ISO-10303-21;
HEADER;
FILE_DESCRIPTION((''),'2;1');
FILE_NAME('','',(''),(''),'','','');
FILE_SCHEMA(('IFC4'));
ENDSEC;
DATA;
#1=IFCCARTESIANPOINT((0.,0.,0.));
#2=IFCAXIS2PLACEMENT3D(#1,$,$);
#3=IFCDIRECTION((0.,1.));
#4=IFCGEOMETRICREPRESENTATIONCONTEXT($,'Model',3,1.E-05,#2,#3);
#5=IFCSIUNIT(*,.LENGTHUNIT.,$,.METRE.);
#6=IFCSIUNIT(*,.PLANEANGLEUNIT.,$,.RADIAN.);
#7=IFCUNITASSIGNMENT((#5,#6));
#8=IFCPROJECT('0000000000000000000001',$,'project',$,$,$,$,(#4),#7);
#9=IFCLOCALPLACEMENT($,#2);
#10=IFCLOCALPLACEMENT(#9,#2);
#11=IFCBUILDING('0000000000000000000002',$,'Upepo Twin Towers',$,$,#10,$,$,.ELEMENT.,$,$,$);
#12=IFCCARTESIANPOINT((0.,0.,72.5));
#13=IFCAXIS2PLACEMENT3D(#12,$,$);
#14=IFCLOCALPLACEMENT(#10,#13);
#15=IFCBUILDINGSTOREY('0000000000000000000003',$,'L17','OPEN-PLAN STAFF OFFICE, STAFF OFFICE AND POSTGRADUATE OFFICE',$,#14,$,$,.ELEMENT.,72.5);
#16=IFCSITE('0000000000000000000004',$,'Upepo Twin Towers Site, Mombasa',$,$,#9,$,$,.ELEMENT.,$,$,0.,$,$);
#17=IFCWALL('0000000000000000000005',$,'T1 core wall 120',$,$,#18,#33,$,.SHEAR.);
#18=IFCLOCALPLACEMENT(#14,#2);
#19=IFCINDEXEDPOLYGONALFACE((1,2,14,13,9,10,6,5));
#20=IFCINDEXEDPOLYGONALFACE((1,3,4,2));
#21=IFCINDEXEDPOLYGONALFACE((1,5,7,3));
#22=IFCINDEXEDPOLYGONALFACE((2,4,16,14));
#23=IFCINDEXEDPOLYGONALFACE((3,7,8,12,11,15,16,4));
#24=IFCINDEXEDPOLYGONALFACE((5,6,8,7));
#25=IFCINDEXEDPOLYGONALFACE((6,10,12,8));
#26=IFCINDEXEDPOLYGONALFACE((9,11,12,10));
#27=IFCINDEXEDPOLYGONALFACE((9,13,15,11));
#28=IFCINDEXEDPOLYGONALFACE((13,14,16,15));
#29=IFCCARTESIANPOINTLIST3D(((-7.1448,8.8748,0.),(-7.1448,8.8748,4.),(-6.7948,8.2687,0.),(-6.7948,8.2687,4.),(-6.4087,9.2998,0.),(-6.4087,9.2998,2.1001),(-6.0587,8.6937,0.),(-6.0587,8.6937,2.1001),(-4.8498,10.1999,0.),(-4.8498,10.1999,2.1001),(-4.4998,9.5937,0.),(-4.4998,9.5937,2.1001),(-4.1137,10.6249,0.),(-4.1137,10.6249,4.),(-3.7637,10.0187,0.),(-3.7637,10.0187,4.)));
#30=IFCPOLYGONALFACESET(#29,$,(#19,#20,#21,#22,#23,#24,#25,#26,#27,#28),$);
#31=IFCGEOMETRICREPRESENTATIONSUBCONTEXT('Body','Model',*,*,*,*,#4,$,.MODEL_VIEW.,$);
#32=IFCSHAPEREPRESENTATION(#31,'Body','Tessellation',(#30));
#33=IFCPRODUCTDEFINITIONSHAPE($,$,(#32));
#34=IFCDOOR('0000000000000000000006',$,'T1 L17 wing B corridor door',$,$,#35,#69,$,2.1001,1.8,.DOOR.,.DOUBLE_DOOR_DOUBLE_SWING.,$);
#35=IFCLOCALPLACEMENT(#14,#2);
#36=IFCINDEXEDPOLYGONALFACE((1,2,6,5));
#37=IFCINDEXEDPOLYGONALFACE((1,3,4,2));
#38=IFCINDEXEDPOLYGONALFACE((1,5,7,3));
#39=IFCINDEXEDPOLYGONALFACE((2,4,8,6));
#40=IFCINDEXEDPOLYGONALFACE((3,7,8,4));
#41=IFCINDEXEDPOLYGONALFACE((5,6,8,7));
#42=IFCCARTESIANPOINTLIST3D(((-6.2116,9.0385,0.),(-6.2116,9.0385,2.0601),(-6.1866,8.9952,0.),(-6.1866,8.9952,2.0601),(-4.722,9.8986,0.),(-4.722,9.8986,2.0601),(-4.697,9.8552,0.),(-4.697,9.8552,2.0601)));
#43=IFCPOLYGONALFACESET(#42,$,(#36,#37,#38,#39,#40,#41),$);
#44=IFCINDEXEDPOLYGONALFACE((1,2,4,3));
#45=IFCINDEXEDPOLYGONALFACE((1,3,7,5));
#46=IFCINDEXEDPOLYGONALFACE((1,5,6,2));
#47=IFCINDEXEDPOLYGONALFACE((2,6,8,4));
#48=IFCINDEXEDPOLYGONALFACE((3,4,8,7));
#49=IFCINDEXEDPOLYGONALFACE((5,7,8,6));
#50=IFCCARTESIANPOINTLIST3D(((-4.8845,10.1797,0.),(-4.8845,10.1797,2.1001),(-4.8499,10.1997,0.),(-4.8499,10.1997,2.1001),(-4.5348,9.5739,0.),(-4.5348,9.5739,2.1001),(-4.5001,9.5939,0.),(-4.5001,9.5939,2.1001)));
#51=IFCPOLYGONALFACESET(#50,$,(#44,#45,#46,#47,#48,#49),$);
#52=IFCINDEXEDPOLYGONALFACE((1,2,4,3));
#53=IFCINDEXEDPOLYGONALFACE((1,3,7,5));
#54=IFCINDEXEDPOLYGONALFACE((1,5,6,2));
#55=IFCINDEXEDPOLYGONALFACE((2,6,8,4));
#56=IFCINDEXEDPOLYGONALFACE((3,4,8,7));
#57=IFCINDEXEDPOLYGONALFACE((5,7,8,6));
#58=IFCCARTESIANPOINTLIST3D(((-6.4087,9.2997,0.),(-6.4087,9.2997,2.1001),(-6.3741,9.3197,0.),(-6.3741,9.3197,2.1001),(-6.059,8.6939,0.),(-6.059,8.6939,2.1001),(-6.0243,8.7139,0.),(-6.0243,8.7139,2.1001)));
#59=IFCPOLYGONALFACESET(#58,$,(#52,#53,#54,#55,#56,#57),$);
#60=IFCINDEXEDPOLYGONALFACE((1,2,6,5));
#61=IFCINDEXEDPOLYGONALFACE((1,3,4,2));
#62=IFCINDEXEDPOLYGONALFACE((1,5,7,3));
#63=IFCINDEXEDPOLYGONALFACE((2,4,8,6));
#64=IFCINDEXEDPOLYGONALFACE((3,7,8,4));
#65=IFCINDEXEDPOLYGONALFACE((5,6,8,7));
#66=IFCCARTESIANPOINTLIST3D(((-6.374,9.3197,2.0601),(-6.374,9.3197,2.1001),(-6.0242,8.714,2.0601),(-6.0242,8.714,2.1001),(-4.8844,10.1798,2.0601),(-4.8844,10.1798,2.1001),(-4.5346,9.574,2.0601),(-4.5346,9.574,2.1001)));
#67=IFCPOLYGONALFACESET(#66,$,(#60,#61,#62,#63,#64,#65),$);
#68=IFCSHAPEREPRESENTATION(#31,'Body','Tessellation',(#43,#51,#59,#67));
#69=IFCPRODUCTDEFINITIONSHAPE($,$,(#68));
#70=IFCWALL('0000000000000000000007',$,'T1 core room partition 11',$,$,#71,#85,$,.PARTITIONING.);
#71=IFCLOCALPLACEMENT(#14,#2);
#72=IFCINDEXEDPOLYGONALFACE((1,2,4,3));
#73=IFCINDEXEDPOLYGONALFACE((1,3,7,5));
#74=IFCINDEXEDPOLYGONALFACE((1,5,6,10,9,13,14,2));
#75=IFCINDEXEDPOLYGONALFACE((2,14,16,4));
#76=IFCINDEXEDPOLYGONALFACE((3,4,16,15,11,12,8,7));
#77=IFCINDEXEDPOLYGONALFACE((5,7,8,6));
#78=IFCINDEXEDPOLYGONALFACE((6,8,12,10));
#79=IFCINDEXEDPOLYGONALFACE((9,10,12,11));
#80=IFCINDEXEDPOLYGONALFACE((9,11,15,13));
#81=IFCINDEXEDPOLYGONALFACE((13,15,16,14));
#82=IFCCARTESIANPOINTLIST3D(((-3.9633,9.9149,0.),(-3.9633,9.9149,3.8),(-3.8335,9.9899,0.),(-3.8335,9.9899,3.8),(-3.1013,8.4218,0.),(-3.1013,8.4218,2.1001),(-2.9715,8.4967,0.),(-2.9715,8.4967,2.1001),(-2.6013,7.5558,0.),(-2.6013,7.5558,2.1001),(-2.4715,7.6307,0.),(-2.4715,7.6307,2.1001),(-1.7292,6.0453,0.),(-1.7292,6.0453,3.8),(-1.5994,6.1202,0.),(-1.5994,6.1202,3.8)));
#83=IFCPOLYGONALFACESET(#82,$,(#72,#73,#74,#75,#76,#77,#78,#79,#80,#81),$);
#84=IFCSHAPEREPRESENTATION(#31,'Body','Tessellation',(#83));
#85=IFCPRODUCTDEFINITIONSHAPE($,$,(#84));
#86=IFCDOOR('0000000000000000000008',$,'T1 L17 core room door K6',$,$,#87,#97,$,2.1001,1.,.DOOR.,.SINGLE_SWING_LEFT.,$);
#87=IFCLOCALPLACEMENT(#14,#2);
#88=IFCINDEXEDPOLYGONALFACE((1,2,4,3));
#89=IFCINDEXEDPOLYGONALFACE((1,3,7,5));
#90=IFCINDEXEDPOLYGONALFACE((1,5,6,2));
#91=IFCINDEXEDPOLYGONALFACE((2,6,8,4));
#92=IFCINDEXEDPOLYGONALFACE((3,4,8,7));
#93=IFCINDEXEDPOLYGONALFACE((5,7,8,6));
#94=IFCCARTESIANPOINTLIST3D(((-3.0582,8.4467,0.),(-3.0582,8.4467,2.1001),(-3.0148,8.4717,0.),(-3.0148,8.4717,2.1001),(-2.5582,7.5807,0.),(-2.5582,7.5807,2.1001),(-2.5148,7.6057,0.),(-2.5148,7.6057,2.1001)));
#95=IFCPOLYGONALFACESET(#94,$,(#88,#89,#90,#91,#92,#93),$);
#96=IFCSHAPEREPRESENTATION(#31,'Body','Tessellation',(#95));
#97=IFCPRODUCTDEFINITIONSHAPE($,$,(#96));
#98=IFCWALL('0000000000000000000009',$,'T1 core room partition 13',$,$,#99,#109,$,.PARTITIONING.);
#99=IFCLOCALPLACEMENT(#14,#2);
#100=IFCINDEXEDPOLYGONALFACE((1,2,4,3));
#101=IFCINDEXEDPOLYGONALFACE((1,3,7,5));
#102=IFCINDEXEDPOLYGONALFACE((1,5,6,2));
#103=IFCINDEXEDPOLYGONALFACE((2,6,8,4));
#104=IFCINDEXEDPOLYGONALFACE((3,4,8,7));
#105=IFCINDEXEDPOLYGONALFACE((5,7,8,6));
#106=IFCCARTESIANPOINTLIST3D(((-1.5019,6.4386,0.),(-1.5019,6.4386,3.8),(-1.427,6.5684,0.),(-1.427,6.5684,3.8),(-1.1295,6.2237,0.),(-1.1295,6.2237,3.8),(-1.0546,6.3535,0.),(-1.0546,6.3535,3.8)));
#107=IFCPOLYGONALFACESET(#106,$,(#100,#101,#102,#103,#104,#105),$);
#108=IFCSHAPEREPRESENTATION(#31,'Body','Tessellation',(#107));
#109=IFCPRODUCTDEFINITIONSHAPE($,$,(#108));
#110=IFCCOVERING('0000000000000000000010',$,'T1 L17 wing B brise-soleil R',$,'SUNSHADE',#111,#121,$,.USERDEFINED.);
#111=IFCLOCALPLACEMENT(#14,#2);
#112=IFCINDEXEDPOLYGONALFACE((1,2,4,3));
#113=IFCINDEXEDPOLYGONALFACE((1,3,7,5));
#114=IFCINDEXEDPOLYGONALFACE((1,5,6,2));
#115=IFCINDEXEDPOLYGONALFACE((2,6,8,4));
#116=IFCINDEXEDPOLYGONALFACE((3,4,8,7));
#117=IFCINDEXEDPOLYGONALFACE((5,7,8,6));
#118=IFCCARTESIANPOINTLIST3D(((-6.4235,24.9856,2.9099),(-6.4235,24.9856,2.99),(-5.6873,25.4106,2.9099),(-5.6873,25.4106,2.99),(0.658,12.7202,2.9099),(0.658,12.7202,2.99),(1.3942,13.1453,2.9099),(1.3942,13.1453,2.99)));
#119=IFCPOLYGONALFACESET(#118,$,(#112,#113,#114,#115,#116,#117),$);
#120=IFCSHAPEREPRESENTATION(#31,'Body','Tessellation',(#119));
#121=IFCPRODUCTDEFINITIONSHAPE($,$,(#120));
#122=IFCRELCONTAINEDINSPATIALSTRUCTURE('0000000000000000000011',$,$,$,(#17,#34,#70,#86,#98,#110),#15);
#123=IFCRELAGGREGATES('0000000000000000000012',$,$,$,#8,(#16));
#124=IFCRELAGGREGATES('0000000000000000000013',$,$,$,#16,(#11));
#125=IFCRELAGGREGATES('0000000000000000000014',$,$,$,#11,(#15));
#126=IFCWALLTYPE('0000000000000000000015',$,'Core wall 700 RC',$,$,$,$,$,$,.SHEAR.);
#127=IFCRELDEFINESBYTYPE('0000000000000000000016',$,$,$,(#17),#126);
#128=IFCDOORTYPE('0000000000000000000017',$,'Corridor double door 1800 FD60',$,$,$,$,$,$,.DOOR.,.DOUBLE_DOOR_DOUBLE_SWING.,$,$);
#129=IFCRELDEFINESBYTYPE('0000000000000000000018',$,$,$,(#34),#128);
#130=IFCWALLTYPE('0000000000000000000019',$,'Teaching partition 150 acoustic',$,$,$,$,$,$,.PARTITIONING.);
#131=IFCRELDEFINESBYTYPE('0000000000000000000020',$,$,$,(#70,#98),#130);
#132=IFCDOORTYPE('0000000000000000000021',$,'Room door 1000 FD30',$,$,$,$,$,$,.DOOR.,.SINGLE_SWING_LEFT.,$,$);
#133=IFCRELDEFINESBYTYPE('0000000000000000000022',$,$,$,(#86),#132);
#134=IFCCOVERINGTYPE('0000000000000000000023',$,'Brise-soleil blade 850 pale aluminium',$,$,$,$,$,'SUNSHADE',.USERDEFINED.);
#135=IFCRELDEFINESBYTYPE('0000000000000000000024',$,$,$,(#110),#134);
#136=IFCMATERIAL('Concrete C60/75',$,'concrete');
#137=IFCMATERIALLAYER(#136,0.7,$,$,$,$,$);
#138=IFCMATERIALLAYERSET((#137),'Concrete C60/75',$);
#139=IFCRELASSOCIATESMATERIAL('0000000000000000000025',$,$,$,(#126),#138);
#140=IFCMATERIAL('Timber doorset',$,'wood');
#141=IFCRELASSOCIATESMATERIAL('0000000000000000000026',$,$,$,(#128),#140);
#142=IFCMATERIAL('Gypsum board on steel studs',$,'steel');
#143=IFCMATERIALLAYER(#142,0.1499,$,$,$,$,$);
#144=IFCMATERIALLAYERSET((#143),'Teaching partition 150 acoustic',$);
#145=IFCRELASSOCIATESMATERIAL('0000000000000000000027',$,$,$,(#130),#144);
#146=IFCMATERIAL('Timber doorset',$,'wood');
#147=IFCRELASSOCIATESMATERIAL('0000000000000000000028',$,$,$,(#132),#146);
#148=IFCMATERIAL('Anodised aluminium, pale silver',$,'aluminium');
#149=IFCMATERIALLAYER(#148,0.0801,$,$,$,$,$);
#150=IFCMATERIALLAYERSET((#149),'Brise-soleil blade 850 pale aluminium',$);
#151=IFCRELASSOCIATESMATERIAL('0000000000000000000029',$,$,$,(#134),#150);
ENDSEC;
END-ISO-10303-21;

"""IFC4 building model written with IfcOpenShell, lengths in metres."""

from ifc_helpers import new_model, si_unit, direction, frame, frame_2d, origin, origin_2d, place, context, subcontext, project, spatial, rectangle, extrude, material, layer, layer_set, type_object, element, fill, save


model = new_model("IFC4")

# Units and contexts
model_context = context("Model", 3, precision=1e-05, world=origin(), true_north=direction((0.0, 1.0)))
body_context = subcontext(model_context, "Body", "Model", "MODEL_VIEW")
ifc_project = project(units=[si_unit("LENGTHUNIT", "METRE"), si_unit("PLANEANGLEUNIT", "RADIAN")], contexts=[model_context])

# Site, building, storey
site_placement = place(None, origin())
site = spatial("IfcSite", under=ifc_project, at=site_placement, Name="Upepo Twin Towers Site, Mombasa", CompositionType="ELEMENT", RefElevation=0.0)
building_placement = place(site_placement, origin())
building = spatial("IfcBuilding", under=site, at=building_placement, Name="Upepo Twin Towers", CompositionType="ELEMENT")
storey_placement = place(building_placement, frame((0.0, 0.0, 72.5)))
storey = spatial("IfcBuildingStorey", under=building, at=storey_placement, Name="L17", Description="OPEN-PLAN STAFF OFFICE, STAFF OFFICE AND POSTGRADUATE OFFICE", CompositionType="ELEMENT", Elevation=72.5)

# Shared definitions
ifc_material_1 = material(Name="Concrete C60/75", Category="concrete")
ifc_layer_1 = layer(ifc_material_1, 0.7)
ifc_layer_set_1 = layer_set([ifc_layer_1], Name="Concrete C60/75")
wall_type_1 = type_object("IfcWallType", Name="Core wall 700 RC", PredefinedType="SHEAR", material=ifc_layer_set_1)

# Walls, openings, doors
wall_1_placement = place(storey_placement, frame((-3.9387, 10.3218, 0.0), z_axis=(0.0, 0.0, 1.0), x_axis=(-0.866019, -0.50001, 0.0)))
wall_1 = element("IfcWall", 1, at=wall_1_placement, inside=storey, type_object=wall_type_1, Name="T1 core wall 120", PredefinedType="SHEAR", context=body_context, shape_type="SweptSolid", body=[
    extrude(rectangle(XDim=3.5, YDim=0.7, at=frame_2d((1.75, 0.0))), origin(), (0.0, 0.0, 1.0), 4.0),
])
opening_1_placement = place(wall_1_placement, frame((0.8501, 0.0, 0.0)))
opening_1 = element("IfcOpeningElement", 2, at=opening_1_placement, cuts=wall_1, PredefinedType="OPENING", context=body_context, shape_type="SweptSolid", body=[
    extrude(rectangle(XDim=1.8, YDim=2.1001, at=frame_2d((0.8999, 1.05))), frame((0.0, 0.3599, 0.0), z_axis=(0.0, -1.0, 0.0), x_axis=(1.0, 0.0, 0.0)), (0.0, 0.0, 1.0), 0.72),
])
ifc_material_2 = material(Name="Timber doorset", Category="wood")
door_type_1 = type_object("IfcDoorType", Name="Corridor double door 1800 FD60", OperationType="DOUBLE_DOOR_DOUBLE_SWING", PredefinedType="DOOR", material=ifc_material_2)
door_1_placement = place(opening_1_placement, origin())
door_1 = element("IfcDoor", 3, at=door_1_placement, inside=storey, type_object=door_type_1, Name="T1 L17 wing B corridor door", OperationType="DOUBLE_DOOR_DOUBLE_SWING", OverallHeight=2.1001, OverallWidth=1.8, PredefinedType="DOOR", context=body_context, shape_type="SweptSolid", body=[
    extrude(rectangle(XDim=1.72, YDim=2.0601, at=frame_2d((0.8999, 1.03))), frame((0.0, 0.0249, 0.0), z_axis=(0.0, -1.0, 0.0), x_axis=(1.0, 0.0, 0.0)), (0.0, 0.0, 1.0), 0.05),
    extrude(rectangle(XDim=0.04, YDim=2.1001, at=frame_2d((0.02, 1.05))), frame((0.0, 0.3496, 0.0), z_axis=(0.0, -1.0, 0.0), x_axis=(1.0, 0.0, 0.0)), (0.0, 0.0, 1.0), 0.6995),
    extrude(rectangle(XDim=0.04, YDim=2.1001, at=frame_2d((1.78, 1.05))), frame((0.0, 0.3496, 0.0), z_axis=(0.0, -1.0, 0.0), x_axis=(1.0, 0.0, 0.0)), (0.0, 0.0, 1.0), 0.6995),
    extrude(rectangle(XDim=1.72, YDim=0.04, at=frame_2d((0.8999, 2.0801))), frame((0.0, 0.3496, 0.0), z_axis=(0.0, -1.0, 0.0), x_axis=(1.0, 0.0, 0.0)), (0.0, 0.0, 1.0), 0.6995),
])
fill(opening_1, door_1)
ifc_material_3 = material(Name="Gypsum board on steel studs", Category="steel")
ifc_layer_2 = layer(ifc_material_3, 0.1499)
ifc_layer_set_2 = layer_set([ifc_layer_2], Name="Teaching partition 150 acoustic")
wall_type_2 = type_object("IfcWallType", Name="Teaching partition 150 acoustic", PredefinedType="PARTITIONING", material=ifc_layer_set_2)
wall_2_placement = place(storey_placement, frame((-3.8984, 9.9524, 0.0), z_axis=(0.0, 0.0, 1.0), x_axis=(0.5, -0.866025, 0.0)))
wall_2 = element("IfcWall", 4, at=wall_2_placement, inside=storey, type_object=wall_type_2, Name="T1 core room partition 11", PredefinedType="PARTITIONING", context=body_context, shape_type="SweptSolid", body=[
    extrude(rectangle(XDim=4.4683, YDim=0.1499, at=frame_2d((2.2341, 0.0))), origin(), (0.0, 0.0, 1.0), 3.8),
])
opening_2_placement = place(wall_2_placement, frame((1.7241, 0.0, 0.0)))
opening_2 = element("IfcOpeningElement", 5, at=opening_2_placement, cuts=wall_2, PredefinedType="OPENING", context=body_context, shape_type="SweptSolid", body=[
    extrude(rectangle(XDim=1.0, YDim=2.1001, at=frame_2d((0.5, 1.05))), frame((0.0, 0.085, 0.0), z_axis=(0.0, -1.0, 0.0), x_axis=(1.0, 0.0, 0.0)), (0.0, 0.0, 1.0), 0.1699),
])
ifc_material_4 = material(Name="Timber doorset", Category="wood")
door_type_2 = type_object("IfcDoorType", Name="Room door 1000 FD30", OperationType="SINGLE_SWING_LEFT", PredefinedType="DOOR", material=ifc_material_4)
door_2_placement = place(opening_2_placement, origin())
door_2 = element("IfcDoor", 6, at=door_2_placement, inside=storey, type_object=door_type_2, Name="T1 L17 core room door K6", OperationType="SINGLE_SWING_LEFT", OverallHeight=2.1001, OverallWidth=1.0, PredefinedType="DOOR", context=body_context, shape_type="SweptSolid", body=[
    extrude(rectangle(XDim=1.0, YDim=2.1001, at=frame_2d((0.5, 1.05))), frame((0.0, 0.0249, 0.0), z_axis=(0.0, -1.0, 0.0), x_axis=(1.0, 0.0, 0.0)), (0.0, 0.0, 1.0), 0.05),
])
fill(opening_2, door_2)

# Wall
wall_3_placement = place(storey_placement, frame((-1.4644, 6.5034, 0.0), z_axis=(0.0, 0.0, 1.0), x_axis=(0.866138, -0.499804, 0.0)))
element("IfcWall", 7, at=wall_3_placement, inside=storey, type_object=wall_type_2, Name="T1 core room partition 13", PredefinedType="PARTITIONING", context=body_context, shape_type="SweptSolid", body=[
    extrude(rectangle(XDim=0.4299, YDim=0.1499, at=frame_2d((0.2148, 0.0))), origin(), (0.0, 0.0, 1.0), 3.8),
])

# Covering
ifc_material_5 = material(Name="Anodised aluminium, pale silver", Category="aluminium")
ifc_layer_3 = layer(ifc_material_5, 0.0801)
ifc_layer_set_3 = layer_set([ifc_layer_3], Name="Brise-soleil blade 850 pale aluminium")
covering_type = type_object("IfcCoveringType", Name="Brise-soleil blade 850 pale aluminium", ElementType="SUNSHADE", PredefinedType="USERDEFINED", material=ifc_layer_set_3)
covering_placement = place(storey_placement, frame((-2.5146, 19.0654, 2.9099), z_axis=(0.0, 0.0, 1.0), x_axis=(-0.5, 0.866025, 0.0)))
element("IfcCovering", 8, at=covering_placement, inside=storey, type_object=covering_type, Name="T1 L17 wing B brise-soleil R", ObjectType="SUNSHADE", PredefinedType="USERDEFINED", context=body_context, shape_type="SweptSolid", body=[
    extrude(rectangle(XDim=14.1628, YDim=0.8501, at=origin_2d()), origin(), (0.0, 0.0, 1.0), 0.0801),
])

save(model, "model.ifc")
